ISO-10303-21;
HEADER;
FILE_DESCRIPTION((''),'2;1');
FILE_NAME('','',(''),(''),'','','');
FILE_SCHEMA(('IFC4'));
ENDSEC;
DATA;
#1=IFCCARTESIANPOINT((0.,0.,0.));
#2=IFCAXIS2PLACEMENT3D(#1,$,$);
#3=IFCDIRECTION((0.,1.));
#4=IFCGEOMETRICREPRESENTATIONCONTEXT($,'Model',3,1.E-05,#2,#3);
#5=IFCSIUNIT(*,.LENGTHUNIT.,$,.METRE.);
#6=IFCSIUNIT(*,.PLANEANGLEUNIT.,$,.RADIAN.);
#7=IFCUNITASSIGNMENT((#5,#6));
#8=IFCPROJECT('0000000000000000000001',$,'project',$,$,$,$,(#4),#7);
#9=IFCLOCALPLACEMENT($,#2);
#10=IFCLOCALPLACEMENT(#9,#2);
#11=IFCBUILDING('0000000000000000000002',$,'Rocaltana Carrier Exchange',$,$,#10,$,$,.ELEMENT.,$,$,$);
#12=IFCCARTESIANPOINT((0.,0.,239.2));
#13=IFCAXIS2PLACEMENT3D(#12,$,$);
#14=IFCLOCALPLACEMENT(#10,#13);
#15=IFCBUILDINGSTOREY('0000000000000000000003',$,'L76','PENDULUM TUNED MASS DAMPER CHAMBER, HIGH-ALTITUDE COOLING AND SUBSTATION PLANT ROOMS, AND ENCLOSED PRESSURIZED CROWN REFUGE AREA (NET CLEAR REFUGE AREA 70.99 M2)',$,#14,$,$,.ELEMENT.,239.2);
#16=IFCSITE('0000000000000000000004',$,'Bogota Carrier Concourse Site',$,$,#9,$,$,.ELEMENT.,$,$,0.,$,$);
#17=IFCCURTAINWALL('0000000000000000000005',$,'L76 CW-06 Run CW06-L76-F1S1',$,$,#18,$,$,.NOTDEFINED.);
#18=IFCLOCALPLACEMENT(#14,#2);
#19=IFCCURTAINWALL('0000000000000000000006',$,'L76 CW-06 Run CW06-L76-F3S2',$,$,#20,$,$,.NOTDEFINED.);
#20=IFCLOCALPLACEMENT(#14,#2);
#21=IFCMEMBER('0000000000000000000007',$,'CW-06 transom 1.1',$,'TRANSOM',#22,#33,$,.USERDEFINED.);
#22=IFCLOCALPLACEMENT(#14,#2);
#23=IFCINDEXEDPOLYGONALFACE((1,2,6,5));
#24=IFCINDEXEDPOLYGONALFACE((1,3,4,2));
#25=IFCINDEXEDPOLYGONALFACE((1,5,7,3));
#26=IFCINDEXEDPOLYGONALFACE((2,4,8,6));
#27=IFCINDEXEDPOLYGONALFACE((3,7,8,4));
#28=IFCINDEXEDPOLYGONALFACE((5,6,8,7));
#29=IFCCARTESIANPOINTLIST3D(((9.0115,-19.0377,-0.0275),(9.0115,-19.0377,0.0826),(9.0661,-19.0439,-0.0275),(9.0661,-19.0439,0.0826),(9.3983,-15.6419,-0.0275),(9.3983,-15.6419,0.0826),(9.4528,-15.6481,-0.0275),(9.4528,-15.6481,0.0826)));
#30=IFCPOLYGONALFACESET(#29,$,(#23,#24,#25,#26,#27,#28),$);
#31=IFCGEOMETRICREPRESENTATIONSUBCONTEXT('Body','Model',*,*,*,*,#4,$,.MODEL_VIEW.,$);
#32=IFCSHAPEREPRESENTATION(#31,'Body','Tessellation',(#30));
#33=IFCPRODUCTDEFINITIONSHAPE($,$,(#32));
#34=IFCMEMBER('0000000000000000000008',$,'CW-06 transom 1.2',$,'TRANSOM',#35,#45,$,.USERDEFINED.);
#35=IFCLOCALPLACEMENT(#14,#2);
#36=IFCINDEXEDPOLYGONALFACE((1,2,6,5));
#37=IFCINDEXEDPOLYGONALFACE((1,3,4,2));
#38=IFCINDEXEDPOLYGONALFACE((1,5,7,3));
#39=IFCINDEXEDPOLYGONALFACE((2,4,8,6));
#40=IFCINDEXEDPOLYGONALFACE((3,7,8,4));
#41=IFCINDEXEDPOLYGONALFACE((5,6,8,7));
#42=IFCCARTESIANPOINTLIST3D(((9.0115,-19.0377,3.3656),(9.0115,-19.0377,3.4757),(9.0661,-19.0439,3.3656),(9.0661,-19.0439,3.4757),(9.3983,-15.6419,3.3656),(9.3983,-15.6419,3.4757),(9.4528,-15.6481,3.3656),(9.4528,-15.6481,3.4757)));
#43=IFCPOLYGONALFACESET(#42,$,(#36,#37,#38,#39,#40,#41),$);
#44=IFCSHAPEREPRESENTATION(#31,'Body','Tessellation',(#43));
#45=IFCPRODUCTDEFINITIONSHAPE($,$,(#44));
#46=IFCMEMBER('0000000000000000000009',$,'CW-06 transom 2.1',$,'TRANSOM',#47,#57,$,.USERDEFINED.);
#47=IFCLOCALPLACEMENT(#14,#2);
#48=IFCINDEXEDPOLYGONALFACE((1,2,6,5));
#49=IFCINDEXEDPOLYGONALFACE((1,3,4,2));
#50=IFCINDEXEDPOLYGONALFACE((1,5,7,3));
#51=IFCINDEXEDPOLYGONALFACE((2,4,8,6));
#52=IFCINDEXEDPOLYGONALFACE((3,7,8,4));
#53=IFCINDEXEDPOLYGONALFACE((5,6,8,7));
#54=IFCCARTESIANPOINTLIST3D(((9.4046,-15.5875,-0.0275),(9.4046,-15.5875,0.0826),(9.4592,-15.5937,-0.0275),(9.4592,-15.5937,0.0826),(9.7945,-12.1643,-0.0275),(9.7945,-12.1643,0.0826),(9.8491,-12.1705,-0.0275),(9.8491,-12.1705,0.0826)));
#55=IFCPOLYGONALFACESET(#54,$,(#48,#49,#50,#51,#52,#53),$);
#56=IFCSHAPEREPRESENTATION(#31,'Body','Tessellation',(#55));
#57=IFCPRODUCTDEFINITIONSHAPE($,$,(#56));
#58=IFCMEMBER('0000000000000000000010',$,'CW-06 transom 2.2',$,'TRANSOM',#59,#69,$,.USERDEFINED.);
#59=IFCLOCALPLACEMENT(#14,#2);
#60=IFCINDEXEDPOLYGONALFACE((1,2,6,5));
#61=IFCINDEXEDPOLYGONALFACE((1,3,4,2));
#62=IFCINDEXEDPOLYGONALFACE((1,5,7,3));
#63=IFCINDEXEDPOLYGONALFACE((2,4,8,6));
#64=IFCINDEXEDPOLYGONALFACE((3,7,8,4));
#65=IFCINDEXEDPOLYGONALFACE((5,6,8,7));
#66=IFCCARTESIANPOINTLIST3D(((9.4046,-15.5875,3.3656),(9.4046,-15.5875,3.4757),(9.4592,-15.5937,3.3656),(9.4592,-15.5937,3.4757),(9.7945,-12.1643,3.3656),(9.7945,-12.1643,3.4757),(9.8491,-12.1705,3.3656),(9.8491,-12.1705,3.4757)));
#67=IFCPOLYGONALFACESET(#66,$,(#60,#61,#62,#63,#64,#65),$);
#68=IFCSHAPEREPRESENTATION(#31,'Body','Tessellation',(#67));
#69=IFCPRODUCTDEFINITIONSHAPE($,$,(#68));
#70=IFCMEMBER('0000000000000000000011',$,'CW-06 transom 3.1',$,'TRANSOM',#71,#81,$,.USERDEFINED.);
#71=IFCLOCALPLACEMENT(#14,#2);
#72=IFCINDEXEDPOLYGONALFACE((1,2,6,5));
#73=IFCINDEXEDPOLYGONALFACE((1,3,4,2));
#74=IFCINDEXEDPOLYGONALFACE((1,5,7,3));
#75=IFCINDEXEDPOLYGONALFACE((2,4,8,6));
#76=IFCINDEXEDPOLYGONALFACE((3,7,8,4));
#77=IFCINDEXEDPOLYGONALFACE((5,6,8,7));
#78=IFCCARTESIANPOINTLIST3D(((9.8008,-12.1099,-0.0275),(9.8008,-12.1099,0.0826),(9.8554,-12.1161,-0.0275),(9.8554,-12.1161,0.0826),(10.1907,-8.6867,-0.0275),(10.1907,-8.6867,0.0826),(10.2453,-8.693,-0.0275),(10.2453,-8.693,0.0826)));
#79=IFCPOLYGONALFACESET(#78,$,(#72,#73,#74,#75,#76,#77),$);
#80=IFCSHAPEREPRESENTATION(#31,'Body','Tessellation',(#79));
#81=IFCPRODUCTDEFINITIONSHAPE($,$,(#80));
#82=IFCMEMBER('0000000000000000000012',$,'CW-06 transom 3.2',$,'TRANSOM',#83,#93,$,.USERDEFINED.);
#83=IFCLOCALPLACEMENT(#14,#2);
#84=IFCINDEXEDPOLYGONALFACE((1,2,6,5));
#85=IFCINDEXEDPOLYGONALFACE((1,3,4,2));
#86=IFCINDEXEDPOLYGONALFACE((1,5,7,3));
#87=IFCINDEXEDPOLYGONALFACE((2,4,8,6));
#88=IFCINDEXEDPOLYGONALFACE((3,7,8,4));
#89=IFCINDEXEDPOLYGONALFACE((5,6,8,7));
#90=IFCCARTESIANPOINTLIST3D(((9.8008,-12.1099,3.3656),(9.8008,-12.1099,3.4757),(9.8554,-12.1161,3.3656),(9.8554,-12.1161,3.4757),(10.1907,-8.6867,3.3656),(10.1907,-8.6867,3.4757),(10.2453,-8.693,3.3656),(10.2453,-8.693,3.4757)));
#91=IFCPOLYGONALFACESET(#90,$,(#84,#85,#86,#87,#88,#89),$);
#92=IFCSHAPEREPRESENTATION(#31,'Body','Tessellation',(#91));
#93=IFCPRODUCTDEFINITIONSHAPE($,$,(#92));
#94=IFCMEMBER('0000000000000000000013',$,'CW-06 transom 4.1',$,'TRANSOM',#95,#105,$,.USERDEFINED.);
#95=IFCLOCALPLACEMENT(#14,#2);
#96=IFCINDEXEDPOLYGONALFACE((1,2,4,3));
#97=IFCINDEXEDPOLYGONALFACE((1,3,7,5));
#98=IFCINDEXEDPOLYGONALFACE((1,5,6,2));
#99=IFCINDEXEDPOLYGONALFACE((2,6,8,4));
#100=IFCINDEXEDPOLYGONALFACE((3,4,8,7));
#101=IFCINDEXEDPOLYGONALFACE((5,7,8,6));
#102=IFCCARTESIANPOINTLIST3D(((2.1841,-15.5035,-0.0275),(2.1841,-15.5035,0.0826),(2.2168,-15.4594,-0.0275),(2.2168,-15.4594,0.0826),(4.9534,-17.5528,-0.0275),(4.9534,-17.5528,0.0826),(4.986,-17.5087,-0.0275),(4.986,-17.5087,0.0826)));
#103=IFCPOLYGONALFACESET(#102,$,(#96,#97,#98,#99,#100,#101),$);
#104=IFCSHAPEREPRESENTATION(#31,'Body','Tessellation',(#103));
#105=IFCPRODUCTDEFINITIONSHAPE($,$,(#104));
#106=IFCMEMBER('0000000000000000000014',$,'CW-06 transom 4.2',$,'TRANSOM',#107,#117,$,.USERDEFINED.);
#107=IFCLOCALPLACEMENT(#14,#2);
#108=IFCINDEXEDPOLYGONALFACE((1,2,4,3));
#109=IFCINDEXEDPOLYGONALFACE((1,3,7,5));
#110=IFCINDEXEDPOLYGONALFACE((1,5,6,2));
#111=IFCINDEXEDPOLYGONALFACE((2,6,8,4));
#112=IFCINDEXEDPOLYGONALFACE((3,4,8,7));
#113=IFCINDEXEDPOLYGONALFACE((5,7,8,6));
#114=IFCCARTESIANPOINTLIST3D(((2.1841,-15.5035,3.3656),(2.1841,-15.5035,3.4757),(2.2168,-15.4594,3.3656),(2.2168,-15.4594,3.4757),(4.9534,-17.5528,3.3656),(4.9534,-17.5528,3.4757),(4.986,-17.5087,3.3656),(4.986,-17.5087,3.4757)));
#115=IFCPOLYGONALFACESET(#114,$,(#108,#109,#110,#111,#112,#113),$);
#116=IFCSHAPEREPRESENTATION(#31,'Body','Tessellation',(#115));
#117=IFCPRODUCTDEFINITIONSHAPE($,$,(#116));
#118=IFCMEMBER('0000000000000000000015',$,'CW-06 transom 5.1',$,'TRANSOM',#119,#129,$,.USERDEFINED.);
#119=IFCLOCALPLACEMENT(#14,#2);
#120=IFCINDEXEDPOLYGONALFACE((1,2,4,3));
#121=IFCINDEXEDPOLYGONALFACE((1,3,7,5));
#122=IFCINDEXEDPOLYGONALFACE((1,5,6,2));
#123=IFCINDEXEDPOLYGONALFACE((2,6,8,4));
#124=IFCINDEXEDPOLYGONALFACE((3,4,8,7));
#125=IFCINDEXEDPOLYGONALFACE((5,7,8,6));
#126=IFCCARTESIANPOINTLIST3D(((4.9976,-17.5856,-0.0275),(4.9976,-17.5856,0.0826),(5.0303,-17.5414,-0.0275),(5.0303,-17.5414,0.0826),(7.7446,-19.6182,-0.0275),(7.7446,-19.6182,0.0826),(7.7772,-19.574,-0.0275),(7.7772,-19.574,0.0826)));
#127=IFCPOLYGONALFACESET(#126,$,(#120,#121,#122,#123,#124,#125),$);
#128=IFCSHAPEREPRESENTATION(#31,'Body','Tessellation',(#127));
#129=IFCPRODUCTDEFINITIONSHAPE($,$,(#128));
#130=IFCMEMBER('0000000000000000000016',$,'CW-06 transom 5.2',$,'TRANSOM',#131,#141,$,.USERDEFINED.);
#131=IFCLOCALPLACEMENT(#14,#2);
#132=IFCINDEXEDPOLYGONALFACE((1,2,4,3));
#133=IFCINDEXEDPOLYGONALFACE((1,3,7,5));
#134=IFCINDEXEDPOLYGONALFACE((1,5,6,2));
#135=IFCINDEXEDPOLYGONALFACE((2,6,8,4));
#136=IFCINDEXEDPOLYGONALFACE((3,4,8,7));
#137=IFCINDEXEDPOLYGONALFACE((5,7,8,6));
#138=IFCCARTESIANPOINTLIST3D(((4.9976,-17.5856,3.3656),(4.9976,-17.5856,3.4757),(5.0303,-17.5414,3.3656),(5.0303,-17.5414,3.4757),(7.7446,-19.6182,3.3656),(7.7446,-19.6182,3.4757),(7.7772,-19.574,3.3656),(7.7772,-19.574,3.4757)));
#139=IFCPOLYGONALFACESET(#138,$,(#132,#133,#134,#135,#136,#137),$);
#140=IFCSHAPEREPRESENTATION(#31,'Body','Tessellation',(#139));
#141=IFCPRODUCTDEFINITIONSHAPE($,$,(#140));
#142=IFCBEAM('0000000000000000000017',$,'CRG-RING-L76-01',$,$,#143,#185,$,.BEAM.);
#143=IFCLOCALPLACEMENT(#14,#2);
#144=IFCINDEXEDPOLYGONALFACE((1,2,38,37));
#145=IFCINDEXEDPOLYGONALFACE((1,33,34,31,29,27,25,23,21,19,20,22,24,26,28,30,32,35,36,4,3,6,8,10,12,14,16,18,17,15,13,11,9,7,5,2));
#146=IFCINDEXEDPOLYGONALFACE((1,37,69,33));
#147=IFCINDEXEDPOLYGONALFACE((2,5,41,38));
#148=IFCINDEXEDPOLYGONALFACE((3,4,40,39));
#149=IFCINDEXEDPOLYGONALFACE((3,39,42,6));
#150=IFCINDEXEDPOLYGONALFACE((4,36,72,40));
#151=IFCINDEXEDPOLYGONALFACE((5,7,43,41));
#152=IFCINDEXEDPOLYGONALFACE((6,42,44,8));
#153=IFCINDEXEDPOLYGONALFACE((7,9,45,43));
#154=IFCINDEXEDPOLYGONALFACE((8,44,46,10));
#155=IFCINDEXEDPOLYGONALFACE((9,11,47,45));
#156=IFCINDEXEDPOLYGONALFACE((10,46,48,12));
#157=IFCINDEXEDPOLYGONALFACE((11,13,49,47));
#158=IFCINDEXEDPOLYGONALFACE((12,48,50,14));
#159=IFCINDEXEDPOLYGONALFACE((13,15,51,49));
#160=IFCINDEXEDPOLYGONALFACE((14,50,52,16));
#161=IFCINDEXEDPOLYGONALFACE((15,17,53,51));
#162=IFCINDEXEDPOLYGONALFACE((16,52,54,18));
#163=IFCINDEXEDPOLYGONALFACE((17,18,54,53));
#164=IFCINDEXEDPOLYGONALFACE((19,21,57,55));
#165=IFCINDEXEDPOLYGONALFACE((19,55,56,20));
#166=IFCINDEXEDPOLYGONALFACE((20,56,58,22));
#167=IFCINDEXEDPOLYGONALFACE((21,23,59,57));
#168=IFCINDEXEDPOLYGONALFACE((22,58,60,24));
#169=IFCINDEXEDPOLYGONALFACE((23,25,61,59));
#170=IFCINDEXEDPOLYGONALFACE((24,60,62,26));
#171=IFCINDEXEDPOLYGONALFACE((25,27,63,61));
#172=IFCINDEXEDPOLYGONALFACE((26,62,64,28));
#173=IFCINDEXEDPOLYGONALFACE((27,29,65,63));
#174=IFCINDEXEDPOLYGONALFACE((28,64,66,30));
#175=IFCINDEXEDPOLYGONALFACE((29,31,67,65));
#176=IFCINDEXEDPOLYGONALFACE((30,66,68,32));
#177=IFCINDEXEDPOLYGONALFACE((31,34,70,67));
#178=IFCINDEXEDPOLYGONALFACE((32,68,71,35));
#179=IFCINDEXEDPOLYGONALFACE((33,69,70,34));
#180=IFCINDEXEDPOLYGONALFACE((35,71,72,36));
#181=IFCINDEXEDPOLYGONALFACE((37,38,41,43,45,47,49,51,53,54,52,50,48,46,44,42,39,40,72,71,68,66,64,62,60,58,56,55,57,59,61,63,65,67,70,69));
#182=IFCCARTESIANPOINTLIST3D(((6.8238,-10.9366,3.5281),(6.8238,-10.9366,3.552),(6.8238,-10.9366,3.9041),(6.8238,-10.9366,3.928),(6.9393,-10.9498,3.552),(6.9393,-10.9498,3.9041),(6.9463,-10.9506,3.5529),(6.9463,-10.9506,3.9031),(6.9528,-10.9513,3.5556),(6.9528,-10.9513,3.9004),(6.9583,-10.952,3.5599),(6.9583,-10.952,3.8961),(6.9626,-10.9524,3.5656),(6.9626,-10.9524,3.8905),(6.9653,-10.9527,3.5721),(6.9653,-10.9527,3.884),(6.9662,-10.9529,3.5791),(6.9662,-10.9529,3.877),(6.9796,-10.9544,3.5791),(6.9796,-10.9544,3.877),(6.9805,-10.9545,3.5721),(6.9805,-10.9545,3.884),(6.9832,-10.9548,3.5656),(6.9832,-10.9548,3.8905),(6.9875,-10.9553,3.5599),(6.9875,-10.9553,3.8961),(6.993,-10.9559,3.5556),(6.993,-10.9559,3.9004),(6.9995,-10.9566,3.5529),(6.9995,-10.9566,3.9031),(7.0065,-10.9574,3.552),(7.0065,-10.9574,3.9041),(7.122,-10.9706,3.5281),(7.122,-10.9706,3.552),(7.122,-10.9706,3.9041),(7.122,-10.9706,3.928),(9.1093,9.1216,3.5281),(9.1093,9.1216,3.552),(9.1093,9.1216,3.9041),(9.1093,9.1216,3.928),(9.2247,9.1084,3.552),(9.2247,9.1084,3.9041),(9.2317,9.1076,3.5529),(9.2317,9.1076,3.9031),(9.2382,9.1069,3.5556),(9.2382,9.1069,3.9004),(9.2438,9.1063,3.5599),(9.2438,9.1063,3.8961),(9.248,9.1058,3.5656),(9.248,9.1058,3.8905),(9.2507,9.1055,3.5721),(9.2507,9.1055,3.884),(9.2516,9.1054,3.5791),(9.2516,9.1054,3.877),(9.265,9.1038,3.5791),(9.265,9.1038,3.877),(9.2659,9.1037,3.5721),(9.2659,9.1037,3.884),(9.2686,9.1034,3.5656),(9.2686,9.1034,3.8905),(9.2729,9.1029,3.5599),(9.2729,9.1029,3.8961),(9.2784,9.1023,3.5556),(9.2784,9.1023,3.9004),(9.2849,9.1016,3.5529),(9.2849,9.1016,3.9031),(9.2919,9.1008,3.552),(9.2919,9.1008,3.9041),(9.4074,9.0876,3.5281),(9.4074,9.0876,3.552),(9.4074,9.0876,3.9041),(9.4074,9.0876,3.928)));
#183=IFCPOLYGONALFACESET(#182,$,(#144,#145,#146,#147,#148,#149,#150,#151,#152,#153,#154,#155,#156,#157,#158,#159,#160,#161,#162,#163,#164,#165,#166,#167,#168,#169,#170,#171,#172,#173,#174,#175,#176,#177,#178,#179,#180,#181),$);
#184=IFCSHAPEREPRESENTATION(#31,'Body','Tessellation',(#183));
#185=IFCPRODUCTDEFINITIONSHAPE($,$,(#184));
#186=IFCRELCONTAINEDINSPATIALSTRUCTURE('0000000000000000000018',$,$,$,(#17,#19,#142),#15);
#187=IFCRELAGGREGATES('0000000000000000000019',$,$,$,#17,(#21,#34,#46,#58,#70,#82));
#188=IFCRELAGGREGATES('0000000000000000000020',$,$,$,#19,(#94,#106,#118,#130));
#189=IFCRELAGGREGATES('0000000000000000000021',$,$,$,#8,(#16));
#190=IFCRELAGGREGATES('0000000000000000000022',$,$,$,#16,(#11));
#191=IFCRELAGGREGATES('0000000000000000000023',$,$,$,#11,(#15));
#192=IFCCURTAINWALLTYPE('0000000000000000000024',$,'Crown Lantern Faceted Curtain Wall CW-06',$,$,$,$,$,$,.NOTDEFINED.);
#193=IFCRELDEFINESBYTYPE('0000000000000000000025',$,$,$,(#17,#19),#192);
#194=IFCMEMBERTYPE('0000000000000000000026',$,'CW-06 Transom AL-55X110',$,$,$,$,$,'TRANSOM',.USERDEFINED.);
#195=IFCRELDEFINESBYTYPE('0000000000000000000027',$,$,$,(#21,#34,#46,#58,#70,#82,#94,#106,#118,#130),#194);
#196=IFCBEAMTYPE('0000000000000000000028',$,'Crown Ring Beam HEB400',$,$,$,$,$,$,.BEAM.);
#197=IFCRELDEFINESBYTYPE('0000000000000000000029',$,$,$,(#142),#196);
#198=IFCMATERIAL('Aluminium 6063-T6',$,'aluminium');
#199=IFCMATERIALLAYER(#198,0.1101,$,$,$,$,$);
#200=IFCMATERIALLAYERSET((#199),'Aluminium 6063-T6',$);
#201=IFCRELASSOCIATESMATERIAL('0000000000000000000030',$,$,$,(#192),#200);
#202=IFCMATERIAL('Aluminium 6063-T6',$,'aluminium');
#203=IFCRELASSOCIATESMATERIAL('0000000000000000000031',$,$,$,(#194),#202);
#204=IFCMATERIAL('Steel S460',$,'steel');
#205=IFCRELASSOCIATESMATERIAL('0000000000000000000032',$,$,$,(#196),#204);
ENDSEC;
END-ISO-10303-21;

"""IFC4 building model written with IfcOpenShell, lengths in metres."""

from ifc_helpers import new_model, si_unit, direction, frame, origin, origin_2d, place, context, subcontext, project, spatial, rectangle, i_section, extrude, material, layer, layer_set, material_profile, profile_set, type_object, element, aggregate, save


model = new_model("IFC4")

# Units and contexts
model_context = context("Model", 3, precision=1e-05, world=origin(), true_north=direction((0.0, 1.0)))
body_context = subcontext(model_context, "Body", "Model", "MODEL_VIEW")
ifc_project = project(units=[si_unit("LENGTHUNIT", "METRE"), si_unit("PLANEANGLEUNIT", "RADIAN")], contexts=[model_context])

# Site, building, storey
site_placement = place(None, origin())
site = spatial("IfcSite", under=ifc_project, at=site_placement, Name="Bogota Carrier Concourse Site", CompositionType="ELEMENT", RefElevation=0.0)
building_placement = place(site_placement, origin())
building = spatial("IfcBuilding", under=site, at=building_placement, Name="Rocaltana Carrier Exchange", CompositionType="ELEMENT")
storey_placement = place(building_placement, frame((0.0, 0.0, 239.2)))
storey = spatial("IfcBuildingStorey", under=building, at=storey_placement, Name="L76", Description="PENDULUM TUNED MASS DAMPER CHAMBER, HIGH-ALTITUDE COOLING AND SUBSTATION PLANT ROOMS, AND ENCLOSED PRESSURIZED CROWN REFUGE AREA (NET CLEAR REFUGE AREA 70.99 M2)", CompositionType="ELEMENT", Elevation=239.2)

# Curtain walls
ifc_material_1 = material(Name="Aluminium 6063-T6", Category="aluminium")
ifc_layer_1 = layer(ifc_material_1, 0.1101)
ifc_layer_set_1 = layer_set([ifc_layer_1], Name="Aluminium 6063-T6")
curtain_wall_type = type_object("IfcCurtainWallType", Name="Crown Lantern Faceted Curtain Wall CW-06", PredefinedType="NOTDEFINED", material=ifc_layer_set_1)
curtain_wall_1_placement = place(storey_placement, origin())
curtain_wall_1 = element("IfcCurtainWall", 1, at=curtain_wall_1_placement, inside=storey, type_object=curtain_wall_type, Name="L76 CW-06 Run CW06-L76-F1S1", PredefinedType="NOTDEFINED")
curtain_wall_2_placement = place(storey_placement, origin())
curtain_wall_2 = element("IfcCurtainWall", 2, at=curtain_wall_2_placement, inside=storey, type_object=curtain_wall_type, Name="L76 CW-06 Run CW06-L76-F3S2", PredefinedType="NOTDEFINED")

# Members
ifc_material_2 = material(Name="Aluminium 6063-T6", Category="aluminium")
ifc_material_profile_1 = material_profile(ifc_material_2, rectangle(XDim=0.0549, YDim=0.1101, at=origin_2d()), Name="AL-55X110")
ifc_profile_set_1 = profile_set([ifc_material_profile_1], Name="Aluminium 6063-T6")
member_type_1 = type_object("IfcMemberType", Name="CW-06 Transom AL-55X110", ElementType="TRANSOM", PredefinedType="USERDEFINED", material=ifc_profile_set_1)
member_1_placement = place(storey_placement, frame((9.0388, -19.0408, 0.0276), z_axis=(0.113152, 0.993578, 0.0), x_axis=(-0.993578, 0.113152, 0.0)))
member_1 = element("IfcMember", 3, at=member_1_placement, type_object=member_type_1, Name="CW-06 transom 1.1", ObjectType="TRANSOM", PredefinedType="USERDEFINED", context=body_context, shape_type="SweptSolid", body=[
    extrude(rectangle(XDim=0.0549, YDim=0.1101, at=origin_2d()), origin(), (0.0, 0.0, 1.0), 3.4177),
])
member_2_placement = place(storey_placement, frame((9.0388, -19.0408, 3.4207), z_axis=(0.113152, 0.993578, 0.0), x_axis=(-0.993578, 0.113152, 0.0)))
member_2 = element("IfcMember", 4, at=member_2_placement, type_object=member_type_1, Name="CW-06 transom 1.2", ObjectType="TRANSOM", PredefinedType="USERDEFINED", context=body_context, shape_type="SweptSolid", body=[
    extrude(rectangle(XDim=0.0549, YDim=0.1101, at=origin_2d()), origin(), (0.0, 0.0, 1.0), 3.4177),
])
member_3_placement = place(storey_placement, frame((9.4319, -15.5906, 0.0276), z_axis=(0.113169, 0.993576, 0.0), x_axis=(-0.993576, 0.113169, 0.0)))
member_3 = element("IfcMember", 5, at=member_3_placement, type_object=member_type_1, Name="CW-06 transom 2.1", ObjectType="TRANSOM", PredefinedType="USERDEFINED", context=body_context, shape_type="SweptSolid", body=[
    extrude(rectangle(XDim=0.0549, YDim=0.1101, at=origin_2d()), origin(), (0.0, 0.0, 1.0), 3.4453),
])
member_4_placement = place(storey_placement, frame((9.4319, -15.5906, 3.4207), z_axis=(0.113169, 0.993576, 0.0), x_axis=(-0.993576, 0.113169, 0.0)))
member_4 = element("IfcMember", 6, at=member_4_placement, type_object=member_type_1, Name="CW-06 transom 2.2", ObjectType="TRANSOM", PredefinedType="USERDEFINED", context=body_context, shape_type="SweptSolid", body=[
    extrude(rectangle(XDim=0.0549, YDim=0.1101, at=origin_2d()), origin(), (0.0, 0.0, 1.0), 3.4453),
])
member_5_placement = place(storey_placement, frame((9.8281, -12.113, 0.0276), z_axis=(0.113169, 0.993576, 0.0), x_axis=(-0.993576, 0.113169, 0.0)))
member_5 = element("IfcMember", 7, at=member_5_placement, type_object=member_type_1, Name="CW-06 transom 3.1", ObjectType="TRANSOM", PredefinedType="USERDEFINED", context=body_context, shape_type="SweptSolid", body=[
    extrude(rectangle(XDim=0.0549, YDim=0.1101, at=origin_2d()), origin(), (0.0, 0.0, 1.0), 3.4453),
])
member_6_placement = place(storey_placement, frame((9.8281, -12.113, 3.4207), z_axis=(0.113169, 0.993576, 0.0), x_axis=(-0.993576, 0.113169, 0.0)))
member_6 = element("IfcMember", 8, at=member_6_placement, type_object=member_type_1, Name="CW-06 transom 3.2", ObjectType="TRANSOM", PredefinedType="USERDEFINED", context=body_context, shape_type="SweptSolid", body=[
    extrude(rectangle(XDim=0.0549, YDim=0.1101, at=origin_2d()), origin(), (0.0, 0.0, 1.0), 3.4453),
])
member_7_placement = place(storey_placement, frame((2.2004, -15.4814, 0.0276), z_axis=(0.803836, -0.594851, 0.0), x_axis=(0.594851, 0.803836, 0.0)))
member_7 = element("IfcMember", 9, at=member_7_placement, type_object=member_type_1, Name="CW-06 transom 4.1", ObjectType="TRANSOM", PredefinedType="USERDEFINED", context=body_context, shape_type="SweptSolid", body=[
    extrude(rectangle(XDim=0.0549, YDim=0.1101, at=origin_2d()), origin(), (0.0, 0.0, 1.0), 3.4451),
])
member_8_placement = place(storey_placement, frame((2.2004, -15.4814, 3.4207), z_axis=(0.803836, -0.594851, 0.0), x_axis=(0.594851, 0.803836, 0.0)))
member_8 = element("IfcMember", 10, at=member_8_placement, type_object=member_type_1, Name="CW-06 transom 4.2", ObjectType="TRANSOM", PredefinedType="USERDEFINED", context=body_context, shape_type="SweptSolid", body=[
    extrude(rectangle(XDim=0.0549, YDim=0.1101, at=origin_2d()), origin(), (0.0, 0.0, 1.0), 3.4451),
])
member_9_placement = place(storey_placement, frame((5.0139, -17.5635, 0.0276), z_axis=(0.803858, -0.594821, 0.0), x_axis=(0.594821, 0.803858, 0.0)))
member_9 = element("IfcMember", 11, at=member_9_placement, type_object=member_type_1, Name="CW-06 transom 5.1", ObjectType="TRANSOM", PredefinedType="USERDEFINED", context=body_context, shape_type="SweptSolid", body=[
    extrude(rectangle(XDim=0.0549, YDim=0.1101, at=origin_2d()), origin(), (0.0, 0.0, 1.0), 3.4172),
])
member_10_placement = place(storey_placement, frame((5.0139, -17.5635, 3.4207), z_axis=(0.803858, -0.594821, 0.0), x_axis=(0.594821, 0.803858, 0.0)))
member_10 = element("IfcMember", 12, at=member_10_placement, type_object=member_type_1, Name="CW-06 transom 5.2", ObjectType="TRANSOM", PredefinedType="USERDEFINED", context=body_context, shape_type="SweptSolid", body=[
    extrude(rectangle(XDim=0.0549, YDim=0.1101, at=origin_2d()), origin(), (0.0, 0.0, 1.0), 3.4172),
])

# Beam
ifc_material_3 = material(Name="Steel S460", Category="steel")
ifc_material_profile_2 = material_profile(ifc_material_3, i_section(OverallWidth=0.3, OverallDepth=0.3999, WebThickness=0.0134, FlangeThickness=0.0239, FilletRadius=0.0271, at=origin_2d()), Name="HEB400")
ifc_profile_set_2 = profile_set([ifc_material_profile_2], Name="Steel S460")
beam_type = type_object("IfcBeamType", Name="Crown Ring Beam HEB400", PredefinedType="BEAM", material=ifc_profile_set_2)
beam_1_placement = place(storey_placement, frame((6.9729, -10.9536, 3.728), z_axis=(0.113207, 0.993571, 0.0), x_axis=(-0.993571, 0.113207, 0.0)))
element("IfcBeam", 13, at=beam_1_placement, inside=storey, type_object=beam_type, Name="CRG-RING-L76-01", PredefinedType="BEAM", context=body_context, shape_type="SweptSolid", body=[
    extrude(i_section(OverallWidth=0.3, OverallDepth=0.3999, WebThickness=0.0134, FlangeThickness=0.0239, FilletRadius=0.0271, at=origin_2d()), origin(), (0.0, 0.0, 1.0), 20.188),
])

aggregate(curtain_wall_1, [member_1, member_2, member_3, member_4, member_5, member_6])
aggregate(curtain_wall_2, [member_7, member_8, member_9, member_10])

save(model, "model.ifc")
